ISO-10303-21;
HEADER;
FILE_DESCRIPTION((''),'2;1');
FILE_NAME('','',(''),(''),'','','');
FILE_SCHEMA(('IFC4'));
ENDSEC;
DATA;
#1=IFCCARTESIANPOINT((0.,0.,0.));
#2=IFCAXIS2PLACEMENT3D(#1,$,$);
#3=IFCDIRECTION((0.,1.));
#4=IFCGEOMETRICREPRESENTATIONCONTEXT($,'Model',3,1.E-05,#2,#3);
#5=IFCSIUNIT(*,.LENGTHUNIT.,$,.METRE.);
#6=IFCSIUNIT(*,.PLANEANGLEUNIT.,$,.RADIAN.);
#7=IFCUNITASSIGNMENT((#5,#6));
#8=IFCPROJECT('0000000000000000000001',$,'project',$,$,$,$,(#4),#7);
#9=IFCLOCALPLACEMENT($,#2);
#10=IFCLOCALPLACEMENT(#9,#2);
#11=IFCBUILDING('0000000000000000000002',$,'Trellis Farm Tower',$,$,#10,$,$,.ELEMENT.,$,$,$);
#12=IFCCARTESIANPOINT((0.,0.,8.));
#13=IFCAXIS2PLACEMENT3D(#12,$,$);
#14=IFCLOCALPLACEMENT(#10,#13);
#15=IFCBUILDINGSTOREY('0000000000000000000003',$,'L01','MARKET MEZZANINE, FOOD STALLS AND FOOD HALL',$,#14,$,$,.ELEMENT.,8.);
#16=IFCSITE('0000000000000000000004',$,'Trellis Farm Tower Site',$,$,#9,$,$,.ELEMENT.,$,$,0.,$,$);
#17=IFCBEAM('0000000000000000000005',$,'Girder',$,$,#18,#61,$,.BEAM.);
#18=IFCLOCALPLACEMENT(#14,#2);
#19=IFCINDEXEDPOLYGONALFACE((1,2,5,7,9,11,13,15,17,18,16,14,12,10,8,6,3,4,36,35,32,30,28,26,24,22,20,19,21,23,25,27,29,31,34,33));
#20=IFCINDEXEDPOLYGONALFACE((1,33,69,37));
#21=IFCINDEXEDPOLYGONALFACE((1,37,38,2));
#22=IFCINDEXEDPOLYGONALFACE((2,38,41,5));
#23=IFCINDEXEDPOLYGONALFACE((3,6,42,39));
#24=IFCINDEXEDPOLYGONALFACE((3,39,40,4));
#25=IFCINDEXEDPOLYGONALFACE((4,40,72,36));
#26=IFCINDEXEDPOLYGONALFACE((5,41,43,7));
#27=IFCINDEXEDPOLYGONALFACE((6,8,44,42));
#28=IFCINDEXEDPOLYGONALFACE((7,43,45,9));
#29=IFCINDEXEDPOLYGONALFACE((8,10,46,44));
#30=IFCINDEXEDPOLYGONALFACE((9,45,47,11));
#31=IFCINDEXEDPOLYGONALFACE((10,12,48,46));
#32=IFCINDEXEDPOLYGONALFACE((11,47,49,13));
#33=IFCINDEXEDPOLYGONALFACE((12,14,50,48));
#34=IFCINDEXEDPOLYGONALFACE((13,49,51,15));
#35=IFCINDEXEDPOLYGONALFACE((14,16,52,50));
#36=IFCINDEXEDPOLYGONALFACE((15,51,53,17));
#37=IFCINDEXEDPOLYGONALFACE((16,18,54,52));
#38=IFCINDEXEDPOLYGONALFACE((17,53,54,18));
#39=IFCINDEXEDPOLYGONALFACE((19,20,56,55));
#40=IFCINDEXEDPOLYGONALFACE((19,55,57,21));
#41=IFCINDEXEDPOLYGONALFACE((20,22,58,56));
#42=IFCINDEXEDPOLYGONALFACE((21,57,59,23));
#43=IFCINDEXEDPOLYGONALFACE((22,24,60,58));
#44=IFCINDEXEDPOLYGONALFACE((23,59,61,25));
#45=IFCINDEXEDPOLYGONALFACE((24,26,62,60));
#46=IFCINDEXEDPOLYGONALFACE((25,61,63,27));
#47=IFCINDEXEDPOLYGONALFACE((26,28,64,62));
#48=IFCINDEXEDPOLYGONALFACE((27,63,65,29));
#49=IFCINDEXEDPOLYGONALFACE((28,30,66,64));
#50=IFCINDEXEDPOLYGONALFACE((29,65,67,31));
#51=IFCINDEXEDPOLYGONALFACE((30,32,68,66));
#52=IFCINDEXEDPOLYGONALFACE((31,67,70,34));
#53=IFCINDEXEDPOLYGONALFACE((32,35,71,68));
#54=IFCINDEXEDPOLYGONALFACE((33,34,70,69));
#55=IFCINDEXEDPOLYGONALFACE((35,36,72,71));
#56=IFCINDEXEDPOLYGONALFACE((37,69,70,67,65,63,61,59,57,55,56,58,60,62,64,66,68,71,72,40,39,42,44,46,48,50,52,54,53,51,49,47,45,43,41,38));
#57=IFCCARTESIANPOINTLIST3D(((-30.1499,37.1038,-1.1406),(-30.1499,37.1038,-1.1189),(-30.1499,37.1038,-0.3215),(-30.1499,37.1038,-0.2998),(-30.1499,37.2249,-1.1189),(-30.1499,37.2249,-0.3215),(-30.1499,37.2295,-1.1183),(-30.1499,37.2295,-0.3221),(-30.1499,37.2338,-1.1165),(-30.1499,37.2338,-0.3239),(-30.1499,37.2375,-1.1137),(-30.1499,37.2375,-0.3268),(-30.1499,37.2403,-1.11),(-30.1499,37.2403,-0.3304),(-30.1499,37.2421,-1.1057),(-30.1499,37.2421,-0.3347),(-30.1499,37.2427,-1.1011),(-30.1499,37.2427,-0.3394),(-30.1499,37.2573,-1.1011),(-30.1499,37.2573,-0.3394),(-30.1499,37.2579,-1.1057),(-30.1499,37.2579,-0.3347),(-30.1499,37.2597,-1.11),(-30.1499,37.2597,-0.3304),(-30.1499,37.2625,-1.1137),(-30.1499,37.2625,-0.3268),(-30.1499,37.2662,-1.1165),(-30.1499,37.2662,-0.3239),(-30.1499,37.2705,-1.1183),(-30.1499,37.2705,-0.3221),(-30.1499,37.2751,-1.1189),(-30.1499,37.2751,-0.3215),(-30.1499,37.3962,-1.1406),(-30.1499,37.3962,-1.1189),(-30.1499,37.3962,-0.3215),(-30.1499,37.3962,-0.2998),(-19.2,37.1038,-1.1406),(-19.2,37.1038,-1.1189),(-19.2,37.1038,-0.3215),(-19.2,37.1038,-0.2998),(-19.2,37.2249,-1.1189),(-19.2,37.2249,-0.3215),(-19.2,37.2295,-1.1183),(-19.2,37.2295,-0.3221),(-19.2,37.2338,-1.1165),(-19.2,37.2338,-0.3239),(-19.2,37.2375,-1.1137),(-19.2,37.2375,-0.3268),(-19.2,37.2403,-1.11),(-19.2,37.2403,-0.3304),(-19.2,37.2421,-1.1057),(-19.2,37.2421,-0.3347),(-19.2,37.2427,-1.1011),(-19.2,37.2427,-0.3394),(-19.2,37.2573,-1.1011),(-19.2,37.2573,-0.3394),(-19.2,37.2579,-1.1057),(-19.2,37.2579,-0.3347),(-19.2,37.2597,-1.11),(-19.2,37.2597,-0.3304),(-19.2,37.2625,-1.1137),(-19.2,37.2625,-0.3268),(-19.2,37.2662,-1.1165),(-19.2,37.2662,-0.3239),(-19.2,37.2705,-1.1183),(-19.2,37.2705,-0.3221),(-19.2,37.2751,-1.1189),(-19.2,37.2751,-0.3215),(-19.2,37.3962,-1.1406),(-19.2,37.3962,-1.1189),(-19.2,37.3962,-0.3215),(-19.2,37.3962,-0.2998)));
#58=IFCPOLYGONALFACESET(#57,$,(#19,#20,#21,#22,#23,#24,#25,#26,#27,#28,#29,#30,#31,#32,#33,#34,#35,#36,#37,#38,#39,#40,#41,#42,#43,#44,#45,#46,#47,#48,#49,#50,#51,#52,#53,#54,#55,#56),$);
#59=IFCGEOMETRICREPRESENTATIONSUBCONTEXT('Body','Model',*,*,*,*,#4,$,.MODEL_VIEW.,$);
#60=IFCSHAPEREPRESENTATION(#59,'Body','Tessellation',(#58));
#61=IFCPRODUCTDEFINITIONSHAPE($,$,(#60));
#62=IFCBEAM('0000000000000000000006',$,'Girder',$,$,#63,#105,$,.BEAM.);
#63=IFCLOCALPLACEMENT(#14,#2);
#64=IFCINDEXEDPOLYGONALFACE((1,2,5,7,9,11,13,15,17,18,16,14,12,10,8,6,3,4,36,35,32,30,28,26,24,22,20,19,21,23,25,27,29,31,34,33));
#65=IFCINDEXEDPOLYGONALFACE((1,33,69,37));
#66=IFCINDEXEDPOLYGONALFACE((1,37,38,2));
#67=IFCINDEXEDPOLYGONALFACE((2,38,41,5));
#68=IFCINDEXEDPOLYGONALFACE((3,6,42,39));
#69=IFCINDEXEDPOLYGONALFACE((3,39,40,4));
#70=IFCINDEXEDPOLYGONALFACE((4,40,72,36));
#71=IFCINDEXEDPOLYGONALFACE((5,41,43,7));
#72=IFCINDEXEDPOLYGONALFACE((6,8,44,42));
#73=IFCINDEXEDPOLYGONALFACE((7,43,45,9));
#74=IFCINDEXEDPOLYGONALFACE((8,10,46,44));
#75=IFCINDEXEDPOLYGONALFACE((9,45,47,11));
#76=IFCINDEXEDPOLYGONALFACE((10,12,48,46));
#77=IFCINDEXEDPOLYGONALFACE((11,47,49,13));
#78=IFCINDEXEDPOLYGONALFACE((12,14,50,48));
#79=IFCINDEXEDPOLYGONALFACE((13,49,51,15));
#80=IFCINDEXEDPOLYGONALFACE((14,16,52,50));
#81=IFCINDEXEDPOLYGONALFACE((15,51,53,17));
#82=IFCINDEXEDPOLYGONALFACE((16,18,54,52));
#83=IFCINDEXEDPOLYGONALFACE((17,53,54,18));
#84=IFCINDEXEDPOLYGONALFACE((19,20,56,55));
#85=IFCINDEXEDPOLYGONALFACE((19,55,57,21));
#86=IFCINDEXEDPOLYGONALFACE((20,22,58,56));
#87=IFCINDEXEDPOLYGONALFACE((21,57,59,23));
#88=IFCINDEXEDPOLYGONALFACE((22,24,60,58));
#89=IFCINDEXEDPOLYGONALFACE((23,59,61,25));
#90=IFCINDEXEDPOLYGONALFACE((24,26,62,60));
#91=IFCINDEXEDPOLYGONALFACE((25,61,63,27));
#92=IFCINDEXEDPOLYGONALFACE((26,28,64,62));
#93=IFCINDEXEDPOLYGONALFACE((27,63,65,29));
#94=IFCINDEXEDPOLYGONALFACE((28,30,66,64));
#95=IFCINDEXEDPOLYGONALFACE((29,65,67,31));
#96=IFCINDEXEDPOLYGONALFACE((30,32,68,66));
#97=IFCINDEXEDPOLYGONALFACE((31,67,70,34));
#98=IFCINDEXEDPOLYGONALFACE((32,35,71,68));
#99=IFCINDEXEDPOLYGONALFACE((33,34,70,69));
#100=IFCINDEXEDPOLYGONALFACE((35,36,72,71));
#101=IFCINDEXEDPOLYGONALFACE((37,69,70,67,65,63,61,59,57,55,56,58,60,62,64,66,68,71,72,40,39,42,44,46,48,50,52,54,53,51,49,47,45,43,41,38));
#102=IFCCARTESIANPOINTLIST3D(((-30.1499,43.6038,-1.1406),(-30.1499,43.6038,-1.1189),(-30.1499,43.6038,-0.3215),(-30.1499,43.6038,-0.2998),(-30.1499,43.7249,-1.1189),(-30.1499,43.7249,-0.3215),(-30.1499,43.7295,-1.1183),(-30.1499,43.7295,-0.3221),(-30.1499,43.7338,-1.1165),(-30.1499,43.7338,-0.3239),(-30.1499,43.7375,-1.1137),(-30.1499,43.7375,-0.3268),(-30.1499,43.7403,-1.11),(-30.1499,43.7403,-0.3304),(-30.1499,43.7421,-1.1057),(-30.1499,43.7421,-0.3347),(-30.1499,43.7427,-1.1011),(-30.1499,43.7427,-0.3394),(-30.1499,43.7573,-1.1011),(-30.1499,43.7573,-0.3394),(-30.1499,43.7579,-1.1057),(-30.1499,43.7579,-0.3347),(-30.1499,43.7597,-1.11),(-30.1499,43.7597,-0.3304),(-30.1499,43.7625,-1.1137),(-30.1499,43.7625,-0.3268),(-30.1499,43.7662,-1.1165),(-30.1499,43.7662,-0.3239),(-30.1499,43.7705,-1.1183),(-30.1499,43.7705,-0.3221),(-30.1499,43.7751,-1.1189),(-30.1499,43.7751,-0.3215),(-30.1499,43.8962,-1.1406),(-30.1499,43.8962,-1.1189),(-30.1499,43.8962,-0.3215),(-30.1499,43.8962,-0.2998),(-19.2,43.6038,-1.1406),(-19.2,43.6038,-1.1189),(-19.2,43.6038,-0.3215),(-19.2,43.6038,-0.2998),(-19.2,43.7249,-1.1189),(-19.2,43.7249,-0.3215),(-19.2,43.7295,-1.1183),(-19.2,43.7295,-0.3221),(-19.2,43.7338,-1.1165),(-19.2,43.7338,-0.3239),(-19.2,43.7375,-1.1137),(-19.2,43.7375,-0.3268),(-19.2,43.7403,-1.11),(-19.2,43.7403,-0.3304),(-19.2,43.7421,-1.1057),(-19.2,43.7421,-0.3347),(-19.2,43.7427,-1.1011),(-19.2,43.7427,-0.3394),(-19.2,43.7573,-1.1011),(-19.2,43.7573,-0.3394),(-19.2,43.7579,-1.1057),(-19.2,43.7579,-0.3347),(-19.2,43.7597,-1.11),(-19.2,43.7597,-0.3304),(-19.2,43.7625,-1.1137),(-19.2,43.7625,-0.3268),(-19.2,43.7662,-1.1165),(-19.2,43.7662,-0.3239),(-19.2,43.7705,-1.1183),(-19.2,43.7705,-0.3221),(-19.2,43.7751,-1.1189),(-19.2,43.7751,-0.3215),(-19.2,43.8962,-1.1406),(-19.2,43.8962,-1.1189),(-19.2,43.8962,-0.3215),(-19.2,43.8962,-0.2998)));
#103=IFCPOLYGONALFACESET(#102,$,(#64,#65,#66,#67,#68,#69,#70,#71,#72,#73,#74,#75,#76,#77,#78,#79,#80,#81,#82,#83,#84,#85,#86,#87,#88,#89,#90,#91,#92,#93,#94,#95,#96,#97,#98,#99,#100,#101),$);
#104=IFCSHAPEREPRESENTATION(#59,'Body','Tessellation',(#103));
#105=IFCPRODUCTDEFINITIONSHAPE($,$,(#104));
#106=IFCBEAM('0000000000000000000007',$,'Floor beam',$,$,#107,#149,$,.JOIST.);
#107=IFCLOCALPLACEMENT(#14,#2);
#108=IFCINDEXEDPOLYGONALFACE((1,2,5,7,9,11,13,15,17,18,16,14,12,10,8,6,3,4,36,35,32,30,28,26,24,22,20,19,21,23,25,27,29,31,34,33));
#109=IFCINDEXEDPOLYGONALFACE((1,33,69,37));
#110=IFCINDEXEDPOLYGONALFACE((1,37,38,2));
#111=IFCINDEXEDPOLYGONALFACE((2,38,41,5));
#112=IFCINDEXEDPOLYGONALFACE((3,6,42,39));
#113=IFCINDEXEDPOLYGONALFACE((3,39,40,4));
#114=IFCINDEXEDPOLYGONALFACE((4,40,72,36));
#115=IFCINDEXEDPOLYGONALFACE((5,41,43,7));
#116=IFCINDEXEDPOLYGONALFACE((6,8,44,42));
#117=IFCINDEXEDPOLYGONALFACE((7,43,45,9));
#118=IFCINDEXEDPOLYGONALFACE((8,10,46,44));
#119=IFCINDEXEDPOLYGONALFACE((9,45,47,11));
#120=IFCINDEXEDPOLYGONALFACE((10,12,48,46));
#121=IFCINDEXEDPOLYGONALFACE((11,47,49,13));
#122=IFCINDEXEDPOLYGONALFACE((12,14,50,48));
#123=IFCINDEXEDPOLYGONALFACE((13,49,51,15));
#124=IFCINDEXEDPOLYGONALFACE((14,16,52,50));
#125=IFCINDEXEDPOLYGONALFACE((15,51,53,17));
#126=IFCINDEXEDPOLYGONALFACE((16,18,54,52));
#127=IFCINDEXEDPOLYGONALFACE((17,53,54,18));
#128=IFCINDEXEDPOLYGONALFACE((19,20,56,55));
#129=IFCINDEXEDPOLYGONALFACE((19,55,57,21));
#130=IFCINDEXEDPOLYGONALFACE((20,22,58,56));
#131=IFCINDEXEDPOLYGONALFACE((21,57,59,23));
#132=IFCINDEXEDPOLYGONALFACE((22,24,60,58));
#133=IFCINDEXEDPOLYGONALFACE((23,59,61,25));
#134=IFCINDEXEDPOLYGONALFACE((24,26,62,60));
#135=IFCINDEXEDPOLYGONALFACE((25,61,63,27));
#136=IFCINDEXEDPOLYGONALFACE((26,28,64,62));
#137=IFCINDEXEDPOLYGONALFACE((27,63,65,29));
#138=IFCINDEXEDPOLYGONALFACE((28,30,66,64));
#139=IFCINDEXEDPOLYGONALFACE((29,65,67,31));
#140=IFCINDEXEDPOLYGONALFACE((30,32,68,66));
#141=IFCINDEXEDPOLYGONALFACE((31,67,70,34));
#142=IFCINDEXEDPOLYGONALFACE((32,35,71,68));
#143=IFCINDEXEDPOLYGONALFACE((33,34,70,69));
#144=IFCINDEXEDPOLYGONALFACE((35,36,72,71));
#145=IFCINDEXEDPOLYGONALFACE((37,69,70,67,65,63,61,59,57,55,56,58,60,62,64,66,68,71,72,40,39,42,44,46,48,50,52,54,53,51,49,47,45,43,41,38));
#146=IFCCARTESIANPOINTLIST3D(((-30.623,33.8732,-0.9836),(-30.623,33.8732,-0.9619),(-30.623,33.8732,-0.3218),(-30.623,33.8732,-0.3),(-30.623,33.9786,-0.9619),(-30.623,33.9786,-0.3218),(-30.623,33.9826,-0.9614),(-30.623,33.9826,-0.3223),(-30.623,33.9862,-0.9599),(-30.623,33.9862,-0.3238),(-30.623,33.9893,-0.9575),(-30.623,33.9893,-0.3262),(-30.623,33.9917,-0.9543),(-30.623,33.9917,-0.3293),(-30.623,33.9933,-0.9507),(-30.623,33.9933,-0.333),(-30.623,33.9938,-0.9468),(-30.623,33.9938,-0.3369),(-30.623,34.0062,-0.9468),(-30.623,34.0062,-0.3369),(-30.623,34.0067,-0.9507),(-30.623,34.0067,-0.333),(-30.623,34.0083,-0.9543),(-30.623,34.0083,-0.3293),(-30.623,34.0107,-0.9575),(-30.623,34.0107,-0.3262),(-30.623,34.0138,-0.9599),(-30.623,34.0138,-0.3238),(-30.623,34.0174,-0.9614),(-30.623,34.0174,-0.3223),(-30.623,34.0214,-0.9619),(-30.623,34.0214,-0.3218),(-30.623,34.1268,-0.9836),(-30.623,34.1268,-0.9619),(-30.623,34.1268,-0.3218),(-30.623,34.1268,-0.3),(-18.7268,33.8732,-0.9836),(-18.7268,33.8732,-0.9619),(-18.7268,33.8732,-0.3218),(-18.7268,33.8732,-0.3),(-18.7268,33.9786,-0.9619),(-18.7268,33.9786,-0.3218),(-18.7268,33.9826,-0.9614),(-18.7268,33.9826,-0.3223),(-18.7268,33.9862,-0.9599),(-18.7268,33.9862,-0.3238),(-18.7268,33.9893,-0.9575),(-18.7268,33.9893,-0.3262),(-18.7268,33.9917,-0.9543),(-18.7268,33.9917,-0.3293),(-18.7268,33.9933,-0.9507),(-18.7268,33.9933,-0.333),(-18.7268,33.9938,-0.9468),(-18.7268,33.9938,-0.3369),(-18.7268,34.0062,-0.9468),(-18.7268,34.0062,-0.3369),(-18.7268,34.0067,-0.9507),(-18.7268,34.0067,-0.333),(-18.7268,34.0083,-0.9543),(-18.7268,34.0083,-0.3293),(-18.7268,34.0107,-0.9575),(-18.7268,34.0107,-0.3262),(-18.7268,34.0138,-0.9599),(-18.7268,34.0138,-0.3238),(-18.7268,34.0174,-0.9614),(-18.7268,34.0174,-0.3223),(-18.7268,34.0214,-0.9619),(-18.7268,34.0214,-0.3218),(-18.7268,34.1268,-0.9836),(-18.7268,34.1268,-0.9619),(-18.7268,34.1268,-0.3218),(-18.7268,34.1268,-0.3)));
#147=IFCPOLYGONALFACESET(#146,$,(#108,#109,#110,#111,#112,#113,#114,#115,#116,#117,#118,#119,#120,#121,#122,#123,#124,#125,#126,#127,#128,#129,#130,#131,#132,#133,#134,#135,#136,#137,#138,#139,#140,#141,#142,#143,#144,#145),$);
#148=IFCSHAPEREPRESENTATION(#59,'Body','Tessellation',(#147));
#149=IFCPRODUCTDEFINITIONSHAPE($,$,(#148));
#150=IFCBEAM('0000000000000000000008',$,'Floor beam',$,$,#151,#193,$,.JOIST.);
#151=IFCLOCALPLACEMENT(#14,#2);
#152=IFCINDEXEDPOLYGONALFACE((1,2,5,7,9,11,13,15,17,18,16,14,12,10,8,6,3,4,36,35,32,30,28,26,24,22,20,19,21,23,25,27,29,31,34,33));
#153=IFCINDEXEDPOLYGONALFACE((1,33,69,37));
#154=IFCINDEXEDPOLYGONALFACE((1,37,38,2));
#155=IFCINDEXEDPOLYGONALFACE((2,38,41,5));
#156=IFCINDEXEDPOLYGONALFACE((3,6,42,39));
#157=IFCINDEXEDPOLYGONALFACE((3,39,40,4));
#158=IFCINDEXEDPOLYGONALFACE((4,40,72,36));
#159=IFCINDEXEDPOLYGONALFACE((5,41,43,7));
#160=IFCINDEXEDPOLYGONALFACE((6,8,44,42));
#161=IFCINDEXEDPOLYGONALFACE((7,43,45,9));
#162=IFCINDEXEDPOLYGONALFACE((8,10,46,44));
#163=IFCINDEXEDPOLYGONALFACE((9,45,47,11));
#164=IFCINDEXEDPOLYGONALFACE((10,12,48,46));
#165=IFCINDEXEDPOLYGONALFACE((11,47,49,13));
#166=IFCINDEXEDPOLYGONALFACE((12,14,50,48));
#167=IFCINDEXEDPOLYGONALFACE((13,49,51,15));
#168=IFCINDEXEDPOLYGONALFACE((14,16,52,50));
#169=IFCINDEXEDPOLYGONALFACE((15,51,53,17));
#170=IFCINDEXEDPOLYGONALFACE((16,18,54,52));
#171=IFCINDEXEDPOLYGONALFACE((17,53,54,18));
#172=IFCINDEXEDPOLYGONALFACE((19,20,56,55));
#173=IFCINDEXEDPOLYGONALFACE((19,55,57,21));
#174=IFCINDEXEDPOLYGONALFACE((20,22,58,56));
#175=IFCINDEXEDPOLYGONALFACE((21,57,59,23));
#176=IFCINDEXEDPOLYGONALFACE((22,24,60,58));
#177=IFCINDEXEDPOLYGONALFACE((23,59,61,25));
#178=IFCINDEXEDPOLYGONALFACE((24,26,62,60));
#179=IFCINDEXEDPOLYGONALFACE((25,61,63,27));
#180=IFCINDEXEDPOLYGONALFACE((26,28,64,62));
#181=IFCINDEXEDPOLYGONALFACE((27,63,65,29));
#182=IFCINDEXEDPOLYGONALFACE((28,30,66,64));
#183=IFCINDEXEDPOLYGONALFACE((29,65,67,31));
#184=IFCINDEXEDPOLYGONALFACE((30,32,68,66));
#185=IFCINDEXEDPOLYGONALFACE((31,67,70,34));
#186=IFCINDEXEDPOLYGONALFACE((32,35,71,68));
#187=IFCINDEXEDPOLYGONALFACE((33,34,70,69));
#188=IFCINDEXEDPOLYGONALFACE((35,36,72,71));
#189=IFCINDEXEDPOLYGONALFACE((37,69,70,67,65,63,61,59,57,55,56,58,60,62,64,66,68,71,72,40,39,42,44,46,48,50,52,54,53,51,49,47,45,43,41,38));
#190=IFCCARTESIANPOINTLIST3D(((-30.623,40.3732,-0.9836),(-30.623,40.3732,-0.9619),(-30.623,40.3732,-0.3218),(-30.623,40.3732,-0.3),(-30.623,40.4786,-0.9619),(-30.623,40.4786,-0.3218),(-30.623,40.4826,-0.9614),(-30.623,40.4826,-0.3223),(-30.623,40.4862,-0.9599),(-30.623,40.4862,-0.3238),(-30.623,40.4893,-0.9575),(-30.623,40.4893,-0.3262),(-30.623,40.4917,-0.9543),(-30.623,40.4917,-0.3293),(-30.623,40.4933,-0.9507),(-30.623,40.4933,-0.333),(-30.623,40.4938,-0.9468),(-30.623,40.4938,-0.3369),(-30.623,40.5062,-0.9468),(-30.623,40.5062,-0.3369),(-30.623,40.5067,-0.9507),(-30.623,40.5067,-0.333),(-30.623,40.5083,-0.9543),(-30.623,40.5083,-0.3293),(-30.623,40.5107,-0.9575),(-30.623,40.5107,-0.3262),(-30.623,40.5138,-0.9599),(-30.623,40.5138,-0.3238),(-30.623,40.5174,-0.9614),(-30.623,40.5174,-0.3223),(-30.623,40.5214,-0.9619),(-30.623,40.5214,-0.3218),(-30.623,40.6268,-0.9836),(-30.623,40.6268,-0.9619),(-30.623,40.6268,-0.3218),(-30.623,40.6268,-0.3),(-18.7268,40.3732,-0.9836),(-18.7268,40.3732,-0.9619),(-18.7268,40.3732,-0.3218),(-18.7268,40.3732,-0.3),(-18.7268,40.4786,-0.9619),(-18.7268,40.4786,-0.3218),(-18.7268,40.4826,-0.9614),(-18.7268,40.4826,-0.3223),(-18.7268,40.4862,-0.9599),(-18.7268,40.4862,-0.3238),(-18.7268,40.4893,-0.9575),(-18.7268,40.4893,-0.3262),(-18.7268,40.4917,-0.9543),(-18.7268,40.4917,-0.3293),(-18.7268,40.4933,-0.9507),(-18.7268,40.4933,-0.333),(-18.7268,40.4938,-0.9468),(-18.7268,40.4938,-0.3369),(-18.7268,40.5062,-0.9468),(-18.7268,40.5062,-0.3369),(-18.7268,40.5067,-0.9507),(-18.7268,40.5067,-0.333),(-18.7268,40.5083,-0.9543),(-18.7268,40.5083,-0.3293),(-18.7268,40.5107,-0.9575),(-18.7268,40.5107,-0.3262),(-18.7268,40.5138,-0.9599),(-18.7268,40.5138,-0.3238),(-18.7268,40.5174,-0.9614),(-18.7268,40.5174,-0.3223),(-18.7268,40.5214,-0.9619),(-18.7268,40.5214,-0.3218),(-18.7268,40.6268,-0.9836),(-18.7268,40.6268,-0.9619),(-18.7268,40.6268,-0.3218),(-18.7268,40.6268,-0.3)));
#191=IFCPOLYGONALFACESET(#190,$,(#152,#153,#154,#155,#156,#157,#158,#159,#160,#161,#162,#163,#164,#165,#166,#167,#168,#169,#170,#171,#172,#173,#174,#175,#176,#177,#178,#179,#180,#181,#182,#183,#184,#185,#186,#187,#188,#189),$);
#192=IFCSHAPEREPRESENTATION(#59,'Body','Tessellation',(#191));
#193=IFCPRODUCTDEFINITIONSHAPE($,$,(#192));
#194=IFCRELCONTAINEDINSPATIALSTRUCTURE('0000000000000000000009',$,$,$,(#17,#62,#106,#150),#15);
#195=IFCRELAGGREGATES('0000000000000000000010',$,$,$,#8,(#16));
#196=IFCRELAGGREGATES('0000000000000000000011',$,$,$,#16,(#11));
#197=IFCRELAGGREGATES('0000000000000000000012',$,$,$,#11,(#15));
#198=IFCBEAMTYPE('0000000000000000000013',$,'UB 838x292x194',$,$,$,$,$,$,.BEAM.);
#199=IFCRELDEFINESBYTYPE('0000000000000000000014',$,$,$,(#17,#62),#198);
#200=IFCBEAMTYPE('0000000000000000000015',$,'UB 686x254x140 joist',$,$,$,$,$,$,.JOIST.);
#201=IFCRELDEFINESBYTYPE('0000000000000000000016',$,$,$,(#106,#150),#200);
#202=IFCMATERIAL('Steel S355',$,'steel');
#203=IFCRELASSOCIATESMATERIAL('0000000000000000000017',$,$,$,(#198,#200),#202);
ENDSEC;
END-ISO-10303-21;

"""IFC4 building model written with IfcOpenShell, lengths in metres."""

from ifc_helpers import new_model, si_unit, direction, frame, origin, origin_2d, place, context, subcontext, project, spatial, i_section, extrude, source, transform, mapped, material, material_profile, profile_set, type_object, element, save


model = new_model("IFC4")

# Units and contexts
model_context = context("Model", 3, precision=1e-05, world=origin(), true_north=direction((0.0, 1.0)))
body_context = subcontext(model_context, "Body", "Model", "MODEL_VIEW")
ifc_project = project(units=[si_unit("LENGTHUNIT", "METRE"), si_unit("PLANEANGLEUNIT", "RADIAN")], contexts=[model_context])

# Site, building, storey
site_placement = place(None, origin())
site = spatial("IfcSite", under=ifc_project, at=site_placement, Name="Trellis Farm Tower Site", CompositionType="ELEMENT", RefElevation=0.0)
building_placement = place(site_placement, origin())
building = spatial("IfcBuilding", under=site, at=building_placement, Name="Trellis Farm Tower", CompositionType="ELEMENT")
storey_placement = place(building_placement, frame((0.0, 0.0, 8.0)))
storey = spatial("IfcBuildingStorey", under=building, at=storey_placement, Name="L01", Description="MARKET MEZZANINE, FOOD STALLS AND FOOD HALL", CompositionType="ELEMENT", Elevation=8.0)

# Beams
ifc_material_1 = material(Name="Steel S355", Category="steel")
ifc_material_profile_1 = material_profile(ifc_material_1, i_section(OverallWidth=0.2925, OverallDepth=0.8408, WebThickness=0.0146, FlangeThickness=0.0217, FilletRadius=0.0178, at=origin_2d()), Name="UB 838x292x194")
ifc_profile_set_1 = profile_set([ifc_material_profile_1], Name="Steel S355")
beam_type_1 = type_object("IfcBeamType", Name="UB 838x292x194", PredefinedType="BEAM", material=ifc_profile_set_1)
shared_shape_1 = source(origin(), body_context, "Body", "SweptSolid", [
    extrude(i_section(OverallWidth=0.2925, OverallDepth=0.8408, WebThickness=0.0146, FlangeThickness=0.0217, FilletRadius=0.0178, at=origin_2d()), origin(), (0.0, 0.0, 1.0), 10.95),
])
for number, where, z_axis, x_axis, name in (
    (1, (-30.1499, 37.25, -0.7202), (1.0, 0.0, 0.0), (0.0, 1.0, 0.0), "Girder"),
    (2, (-30.1499, 43.75, -0.7202), (1.0, 0.0, 0.0), (0.0, 1.0, 0.0), "Girder"),
):
    element("IfcBeam", number, at=place(storey_placement, frame(where, z_axis=z_axis, x_axis=x_axis)), inside=storey, type_object=beam_type_1, Name=name, PredefinedType="BEAM", context=body_context, shape_type="MappedRepresentation", body=[
        mapped(shared_shape_1, transform((0.0, 0.0, 0.0))),
    ])
ifc_material_profile_2 = material_profile(ifc_material_1, i_section(OverallWidth=0.2537, OverallDepth=0.6836, WebThickness=0.0125, FlangeThickness=0.0217, FilletRadius=0.0151, at=origin_2d()), Name="UB 686x254x140")
ifc_profile_set_2 = profile_set([ifc_material_profile_2], Name="Steel S355")
beam_type_2 = type_object("IfcBeamType", Name="UB 686x254x140 joist", PredefinedType="JOIST", material=ifc_profile_set_2)
shared_shape_2 = source(origin(), body_context, "Body", "SweptSolid", [
    extrude(i_section(OverallWidth=0.2537, OverallDepth=0.6836, WebThickness=0.0125, FlangeThickness=0.0217, FilletRadius=0.0151, at=origin_2d()), origin(), (0.0, 0.0, 1.0), 11.8962),
])
for number, where, z_axis, x_axis, name in (
    (3, (-30.623, 34.0, -0.6418), (1.0, 0.0, 0.0), (0.0, 1.0, 0.0), "Floor beam"),
    (4, (-30.623, 40.5, -0.6418), (1.0, 0.0, 0.0), (0.0, 1.0, 0.0), "Floor beam"),
):
    element("IfcBeam", number, at=place(storey_placement, frame(where, z_axis=z_axis, x_axis=x_axis)), inside=storey, type_object=beam_type_2, Name=name, PredefinedType="JOIST", context=body_context, shape_type="MappedRepresentation", body=[
        mapped(shared_shape_2, transform((0.0, 0.0, 0.0))),
    ])

save(model, "model.ifc")
